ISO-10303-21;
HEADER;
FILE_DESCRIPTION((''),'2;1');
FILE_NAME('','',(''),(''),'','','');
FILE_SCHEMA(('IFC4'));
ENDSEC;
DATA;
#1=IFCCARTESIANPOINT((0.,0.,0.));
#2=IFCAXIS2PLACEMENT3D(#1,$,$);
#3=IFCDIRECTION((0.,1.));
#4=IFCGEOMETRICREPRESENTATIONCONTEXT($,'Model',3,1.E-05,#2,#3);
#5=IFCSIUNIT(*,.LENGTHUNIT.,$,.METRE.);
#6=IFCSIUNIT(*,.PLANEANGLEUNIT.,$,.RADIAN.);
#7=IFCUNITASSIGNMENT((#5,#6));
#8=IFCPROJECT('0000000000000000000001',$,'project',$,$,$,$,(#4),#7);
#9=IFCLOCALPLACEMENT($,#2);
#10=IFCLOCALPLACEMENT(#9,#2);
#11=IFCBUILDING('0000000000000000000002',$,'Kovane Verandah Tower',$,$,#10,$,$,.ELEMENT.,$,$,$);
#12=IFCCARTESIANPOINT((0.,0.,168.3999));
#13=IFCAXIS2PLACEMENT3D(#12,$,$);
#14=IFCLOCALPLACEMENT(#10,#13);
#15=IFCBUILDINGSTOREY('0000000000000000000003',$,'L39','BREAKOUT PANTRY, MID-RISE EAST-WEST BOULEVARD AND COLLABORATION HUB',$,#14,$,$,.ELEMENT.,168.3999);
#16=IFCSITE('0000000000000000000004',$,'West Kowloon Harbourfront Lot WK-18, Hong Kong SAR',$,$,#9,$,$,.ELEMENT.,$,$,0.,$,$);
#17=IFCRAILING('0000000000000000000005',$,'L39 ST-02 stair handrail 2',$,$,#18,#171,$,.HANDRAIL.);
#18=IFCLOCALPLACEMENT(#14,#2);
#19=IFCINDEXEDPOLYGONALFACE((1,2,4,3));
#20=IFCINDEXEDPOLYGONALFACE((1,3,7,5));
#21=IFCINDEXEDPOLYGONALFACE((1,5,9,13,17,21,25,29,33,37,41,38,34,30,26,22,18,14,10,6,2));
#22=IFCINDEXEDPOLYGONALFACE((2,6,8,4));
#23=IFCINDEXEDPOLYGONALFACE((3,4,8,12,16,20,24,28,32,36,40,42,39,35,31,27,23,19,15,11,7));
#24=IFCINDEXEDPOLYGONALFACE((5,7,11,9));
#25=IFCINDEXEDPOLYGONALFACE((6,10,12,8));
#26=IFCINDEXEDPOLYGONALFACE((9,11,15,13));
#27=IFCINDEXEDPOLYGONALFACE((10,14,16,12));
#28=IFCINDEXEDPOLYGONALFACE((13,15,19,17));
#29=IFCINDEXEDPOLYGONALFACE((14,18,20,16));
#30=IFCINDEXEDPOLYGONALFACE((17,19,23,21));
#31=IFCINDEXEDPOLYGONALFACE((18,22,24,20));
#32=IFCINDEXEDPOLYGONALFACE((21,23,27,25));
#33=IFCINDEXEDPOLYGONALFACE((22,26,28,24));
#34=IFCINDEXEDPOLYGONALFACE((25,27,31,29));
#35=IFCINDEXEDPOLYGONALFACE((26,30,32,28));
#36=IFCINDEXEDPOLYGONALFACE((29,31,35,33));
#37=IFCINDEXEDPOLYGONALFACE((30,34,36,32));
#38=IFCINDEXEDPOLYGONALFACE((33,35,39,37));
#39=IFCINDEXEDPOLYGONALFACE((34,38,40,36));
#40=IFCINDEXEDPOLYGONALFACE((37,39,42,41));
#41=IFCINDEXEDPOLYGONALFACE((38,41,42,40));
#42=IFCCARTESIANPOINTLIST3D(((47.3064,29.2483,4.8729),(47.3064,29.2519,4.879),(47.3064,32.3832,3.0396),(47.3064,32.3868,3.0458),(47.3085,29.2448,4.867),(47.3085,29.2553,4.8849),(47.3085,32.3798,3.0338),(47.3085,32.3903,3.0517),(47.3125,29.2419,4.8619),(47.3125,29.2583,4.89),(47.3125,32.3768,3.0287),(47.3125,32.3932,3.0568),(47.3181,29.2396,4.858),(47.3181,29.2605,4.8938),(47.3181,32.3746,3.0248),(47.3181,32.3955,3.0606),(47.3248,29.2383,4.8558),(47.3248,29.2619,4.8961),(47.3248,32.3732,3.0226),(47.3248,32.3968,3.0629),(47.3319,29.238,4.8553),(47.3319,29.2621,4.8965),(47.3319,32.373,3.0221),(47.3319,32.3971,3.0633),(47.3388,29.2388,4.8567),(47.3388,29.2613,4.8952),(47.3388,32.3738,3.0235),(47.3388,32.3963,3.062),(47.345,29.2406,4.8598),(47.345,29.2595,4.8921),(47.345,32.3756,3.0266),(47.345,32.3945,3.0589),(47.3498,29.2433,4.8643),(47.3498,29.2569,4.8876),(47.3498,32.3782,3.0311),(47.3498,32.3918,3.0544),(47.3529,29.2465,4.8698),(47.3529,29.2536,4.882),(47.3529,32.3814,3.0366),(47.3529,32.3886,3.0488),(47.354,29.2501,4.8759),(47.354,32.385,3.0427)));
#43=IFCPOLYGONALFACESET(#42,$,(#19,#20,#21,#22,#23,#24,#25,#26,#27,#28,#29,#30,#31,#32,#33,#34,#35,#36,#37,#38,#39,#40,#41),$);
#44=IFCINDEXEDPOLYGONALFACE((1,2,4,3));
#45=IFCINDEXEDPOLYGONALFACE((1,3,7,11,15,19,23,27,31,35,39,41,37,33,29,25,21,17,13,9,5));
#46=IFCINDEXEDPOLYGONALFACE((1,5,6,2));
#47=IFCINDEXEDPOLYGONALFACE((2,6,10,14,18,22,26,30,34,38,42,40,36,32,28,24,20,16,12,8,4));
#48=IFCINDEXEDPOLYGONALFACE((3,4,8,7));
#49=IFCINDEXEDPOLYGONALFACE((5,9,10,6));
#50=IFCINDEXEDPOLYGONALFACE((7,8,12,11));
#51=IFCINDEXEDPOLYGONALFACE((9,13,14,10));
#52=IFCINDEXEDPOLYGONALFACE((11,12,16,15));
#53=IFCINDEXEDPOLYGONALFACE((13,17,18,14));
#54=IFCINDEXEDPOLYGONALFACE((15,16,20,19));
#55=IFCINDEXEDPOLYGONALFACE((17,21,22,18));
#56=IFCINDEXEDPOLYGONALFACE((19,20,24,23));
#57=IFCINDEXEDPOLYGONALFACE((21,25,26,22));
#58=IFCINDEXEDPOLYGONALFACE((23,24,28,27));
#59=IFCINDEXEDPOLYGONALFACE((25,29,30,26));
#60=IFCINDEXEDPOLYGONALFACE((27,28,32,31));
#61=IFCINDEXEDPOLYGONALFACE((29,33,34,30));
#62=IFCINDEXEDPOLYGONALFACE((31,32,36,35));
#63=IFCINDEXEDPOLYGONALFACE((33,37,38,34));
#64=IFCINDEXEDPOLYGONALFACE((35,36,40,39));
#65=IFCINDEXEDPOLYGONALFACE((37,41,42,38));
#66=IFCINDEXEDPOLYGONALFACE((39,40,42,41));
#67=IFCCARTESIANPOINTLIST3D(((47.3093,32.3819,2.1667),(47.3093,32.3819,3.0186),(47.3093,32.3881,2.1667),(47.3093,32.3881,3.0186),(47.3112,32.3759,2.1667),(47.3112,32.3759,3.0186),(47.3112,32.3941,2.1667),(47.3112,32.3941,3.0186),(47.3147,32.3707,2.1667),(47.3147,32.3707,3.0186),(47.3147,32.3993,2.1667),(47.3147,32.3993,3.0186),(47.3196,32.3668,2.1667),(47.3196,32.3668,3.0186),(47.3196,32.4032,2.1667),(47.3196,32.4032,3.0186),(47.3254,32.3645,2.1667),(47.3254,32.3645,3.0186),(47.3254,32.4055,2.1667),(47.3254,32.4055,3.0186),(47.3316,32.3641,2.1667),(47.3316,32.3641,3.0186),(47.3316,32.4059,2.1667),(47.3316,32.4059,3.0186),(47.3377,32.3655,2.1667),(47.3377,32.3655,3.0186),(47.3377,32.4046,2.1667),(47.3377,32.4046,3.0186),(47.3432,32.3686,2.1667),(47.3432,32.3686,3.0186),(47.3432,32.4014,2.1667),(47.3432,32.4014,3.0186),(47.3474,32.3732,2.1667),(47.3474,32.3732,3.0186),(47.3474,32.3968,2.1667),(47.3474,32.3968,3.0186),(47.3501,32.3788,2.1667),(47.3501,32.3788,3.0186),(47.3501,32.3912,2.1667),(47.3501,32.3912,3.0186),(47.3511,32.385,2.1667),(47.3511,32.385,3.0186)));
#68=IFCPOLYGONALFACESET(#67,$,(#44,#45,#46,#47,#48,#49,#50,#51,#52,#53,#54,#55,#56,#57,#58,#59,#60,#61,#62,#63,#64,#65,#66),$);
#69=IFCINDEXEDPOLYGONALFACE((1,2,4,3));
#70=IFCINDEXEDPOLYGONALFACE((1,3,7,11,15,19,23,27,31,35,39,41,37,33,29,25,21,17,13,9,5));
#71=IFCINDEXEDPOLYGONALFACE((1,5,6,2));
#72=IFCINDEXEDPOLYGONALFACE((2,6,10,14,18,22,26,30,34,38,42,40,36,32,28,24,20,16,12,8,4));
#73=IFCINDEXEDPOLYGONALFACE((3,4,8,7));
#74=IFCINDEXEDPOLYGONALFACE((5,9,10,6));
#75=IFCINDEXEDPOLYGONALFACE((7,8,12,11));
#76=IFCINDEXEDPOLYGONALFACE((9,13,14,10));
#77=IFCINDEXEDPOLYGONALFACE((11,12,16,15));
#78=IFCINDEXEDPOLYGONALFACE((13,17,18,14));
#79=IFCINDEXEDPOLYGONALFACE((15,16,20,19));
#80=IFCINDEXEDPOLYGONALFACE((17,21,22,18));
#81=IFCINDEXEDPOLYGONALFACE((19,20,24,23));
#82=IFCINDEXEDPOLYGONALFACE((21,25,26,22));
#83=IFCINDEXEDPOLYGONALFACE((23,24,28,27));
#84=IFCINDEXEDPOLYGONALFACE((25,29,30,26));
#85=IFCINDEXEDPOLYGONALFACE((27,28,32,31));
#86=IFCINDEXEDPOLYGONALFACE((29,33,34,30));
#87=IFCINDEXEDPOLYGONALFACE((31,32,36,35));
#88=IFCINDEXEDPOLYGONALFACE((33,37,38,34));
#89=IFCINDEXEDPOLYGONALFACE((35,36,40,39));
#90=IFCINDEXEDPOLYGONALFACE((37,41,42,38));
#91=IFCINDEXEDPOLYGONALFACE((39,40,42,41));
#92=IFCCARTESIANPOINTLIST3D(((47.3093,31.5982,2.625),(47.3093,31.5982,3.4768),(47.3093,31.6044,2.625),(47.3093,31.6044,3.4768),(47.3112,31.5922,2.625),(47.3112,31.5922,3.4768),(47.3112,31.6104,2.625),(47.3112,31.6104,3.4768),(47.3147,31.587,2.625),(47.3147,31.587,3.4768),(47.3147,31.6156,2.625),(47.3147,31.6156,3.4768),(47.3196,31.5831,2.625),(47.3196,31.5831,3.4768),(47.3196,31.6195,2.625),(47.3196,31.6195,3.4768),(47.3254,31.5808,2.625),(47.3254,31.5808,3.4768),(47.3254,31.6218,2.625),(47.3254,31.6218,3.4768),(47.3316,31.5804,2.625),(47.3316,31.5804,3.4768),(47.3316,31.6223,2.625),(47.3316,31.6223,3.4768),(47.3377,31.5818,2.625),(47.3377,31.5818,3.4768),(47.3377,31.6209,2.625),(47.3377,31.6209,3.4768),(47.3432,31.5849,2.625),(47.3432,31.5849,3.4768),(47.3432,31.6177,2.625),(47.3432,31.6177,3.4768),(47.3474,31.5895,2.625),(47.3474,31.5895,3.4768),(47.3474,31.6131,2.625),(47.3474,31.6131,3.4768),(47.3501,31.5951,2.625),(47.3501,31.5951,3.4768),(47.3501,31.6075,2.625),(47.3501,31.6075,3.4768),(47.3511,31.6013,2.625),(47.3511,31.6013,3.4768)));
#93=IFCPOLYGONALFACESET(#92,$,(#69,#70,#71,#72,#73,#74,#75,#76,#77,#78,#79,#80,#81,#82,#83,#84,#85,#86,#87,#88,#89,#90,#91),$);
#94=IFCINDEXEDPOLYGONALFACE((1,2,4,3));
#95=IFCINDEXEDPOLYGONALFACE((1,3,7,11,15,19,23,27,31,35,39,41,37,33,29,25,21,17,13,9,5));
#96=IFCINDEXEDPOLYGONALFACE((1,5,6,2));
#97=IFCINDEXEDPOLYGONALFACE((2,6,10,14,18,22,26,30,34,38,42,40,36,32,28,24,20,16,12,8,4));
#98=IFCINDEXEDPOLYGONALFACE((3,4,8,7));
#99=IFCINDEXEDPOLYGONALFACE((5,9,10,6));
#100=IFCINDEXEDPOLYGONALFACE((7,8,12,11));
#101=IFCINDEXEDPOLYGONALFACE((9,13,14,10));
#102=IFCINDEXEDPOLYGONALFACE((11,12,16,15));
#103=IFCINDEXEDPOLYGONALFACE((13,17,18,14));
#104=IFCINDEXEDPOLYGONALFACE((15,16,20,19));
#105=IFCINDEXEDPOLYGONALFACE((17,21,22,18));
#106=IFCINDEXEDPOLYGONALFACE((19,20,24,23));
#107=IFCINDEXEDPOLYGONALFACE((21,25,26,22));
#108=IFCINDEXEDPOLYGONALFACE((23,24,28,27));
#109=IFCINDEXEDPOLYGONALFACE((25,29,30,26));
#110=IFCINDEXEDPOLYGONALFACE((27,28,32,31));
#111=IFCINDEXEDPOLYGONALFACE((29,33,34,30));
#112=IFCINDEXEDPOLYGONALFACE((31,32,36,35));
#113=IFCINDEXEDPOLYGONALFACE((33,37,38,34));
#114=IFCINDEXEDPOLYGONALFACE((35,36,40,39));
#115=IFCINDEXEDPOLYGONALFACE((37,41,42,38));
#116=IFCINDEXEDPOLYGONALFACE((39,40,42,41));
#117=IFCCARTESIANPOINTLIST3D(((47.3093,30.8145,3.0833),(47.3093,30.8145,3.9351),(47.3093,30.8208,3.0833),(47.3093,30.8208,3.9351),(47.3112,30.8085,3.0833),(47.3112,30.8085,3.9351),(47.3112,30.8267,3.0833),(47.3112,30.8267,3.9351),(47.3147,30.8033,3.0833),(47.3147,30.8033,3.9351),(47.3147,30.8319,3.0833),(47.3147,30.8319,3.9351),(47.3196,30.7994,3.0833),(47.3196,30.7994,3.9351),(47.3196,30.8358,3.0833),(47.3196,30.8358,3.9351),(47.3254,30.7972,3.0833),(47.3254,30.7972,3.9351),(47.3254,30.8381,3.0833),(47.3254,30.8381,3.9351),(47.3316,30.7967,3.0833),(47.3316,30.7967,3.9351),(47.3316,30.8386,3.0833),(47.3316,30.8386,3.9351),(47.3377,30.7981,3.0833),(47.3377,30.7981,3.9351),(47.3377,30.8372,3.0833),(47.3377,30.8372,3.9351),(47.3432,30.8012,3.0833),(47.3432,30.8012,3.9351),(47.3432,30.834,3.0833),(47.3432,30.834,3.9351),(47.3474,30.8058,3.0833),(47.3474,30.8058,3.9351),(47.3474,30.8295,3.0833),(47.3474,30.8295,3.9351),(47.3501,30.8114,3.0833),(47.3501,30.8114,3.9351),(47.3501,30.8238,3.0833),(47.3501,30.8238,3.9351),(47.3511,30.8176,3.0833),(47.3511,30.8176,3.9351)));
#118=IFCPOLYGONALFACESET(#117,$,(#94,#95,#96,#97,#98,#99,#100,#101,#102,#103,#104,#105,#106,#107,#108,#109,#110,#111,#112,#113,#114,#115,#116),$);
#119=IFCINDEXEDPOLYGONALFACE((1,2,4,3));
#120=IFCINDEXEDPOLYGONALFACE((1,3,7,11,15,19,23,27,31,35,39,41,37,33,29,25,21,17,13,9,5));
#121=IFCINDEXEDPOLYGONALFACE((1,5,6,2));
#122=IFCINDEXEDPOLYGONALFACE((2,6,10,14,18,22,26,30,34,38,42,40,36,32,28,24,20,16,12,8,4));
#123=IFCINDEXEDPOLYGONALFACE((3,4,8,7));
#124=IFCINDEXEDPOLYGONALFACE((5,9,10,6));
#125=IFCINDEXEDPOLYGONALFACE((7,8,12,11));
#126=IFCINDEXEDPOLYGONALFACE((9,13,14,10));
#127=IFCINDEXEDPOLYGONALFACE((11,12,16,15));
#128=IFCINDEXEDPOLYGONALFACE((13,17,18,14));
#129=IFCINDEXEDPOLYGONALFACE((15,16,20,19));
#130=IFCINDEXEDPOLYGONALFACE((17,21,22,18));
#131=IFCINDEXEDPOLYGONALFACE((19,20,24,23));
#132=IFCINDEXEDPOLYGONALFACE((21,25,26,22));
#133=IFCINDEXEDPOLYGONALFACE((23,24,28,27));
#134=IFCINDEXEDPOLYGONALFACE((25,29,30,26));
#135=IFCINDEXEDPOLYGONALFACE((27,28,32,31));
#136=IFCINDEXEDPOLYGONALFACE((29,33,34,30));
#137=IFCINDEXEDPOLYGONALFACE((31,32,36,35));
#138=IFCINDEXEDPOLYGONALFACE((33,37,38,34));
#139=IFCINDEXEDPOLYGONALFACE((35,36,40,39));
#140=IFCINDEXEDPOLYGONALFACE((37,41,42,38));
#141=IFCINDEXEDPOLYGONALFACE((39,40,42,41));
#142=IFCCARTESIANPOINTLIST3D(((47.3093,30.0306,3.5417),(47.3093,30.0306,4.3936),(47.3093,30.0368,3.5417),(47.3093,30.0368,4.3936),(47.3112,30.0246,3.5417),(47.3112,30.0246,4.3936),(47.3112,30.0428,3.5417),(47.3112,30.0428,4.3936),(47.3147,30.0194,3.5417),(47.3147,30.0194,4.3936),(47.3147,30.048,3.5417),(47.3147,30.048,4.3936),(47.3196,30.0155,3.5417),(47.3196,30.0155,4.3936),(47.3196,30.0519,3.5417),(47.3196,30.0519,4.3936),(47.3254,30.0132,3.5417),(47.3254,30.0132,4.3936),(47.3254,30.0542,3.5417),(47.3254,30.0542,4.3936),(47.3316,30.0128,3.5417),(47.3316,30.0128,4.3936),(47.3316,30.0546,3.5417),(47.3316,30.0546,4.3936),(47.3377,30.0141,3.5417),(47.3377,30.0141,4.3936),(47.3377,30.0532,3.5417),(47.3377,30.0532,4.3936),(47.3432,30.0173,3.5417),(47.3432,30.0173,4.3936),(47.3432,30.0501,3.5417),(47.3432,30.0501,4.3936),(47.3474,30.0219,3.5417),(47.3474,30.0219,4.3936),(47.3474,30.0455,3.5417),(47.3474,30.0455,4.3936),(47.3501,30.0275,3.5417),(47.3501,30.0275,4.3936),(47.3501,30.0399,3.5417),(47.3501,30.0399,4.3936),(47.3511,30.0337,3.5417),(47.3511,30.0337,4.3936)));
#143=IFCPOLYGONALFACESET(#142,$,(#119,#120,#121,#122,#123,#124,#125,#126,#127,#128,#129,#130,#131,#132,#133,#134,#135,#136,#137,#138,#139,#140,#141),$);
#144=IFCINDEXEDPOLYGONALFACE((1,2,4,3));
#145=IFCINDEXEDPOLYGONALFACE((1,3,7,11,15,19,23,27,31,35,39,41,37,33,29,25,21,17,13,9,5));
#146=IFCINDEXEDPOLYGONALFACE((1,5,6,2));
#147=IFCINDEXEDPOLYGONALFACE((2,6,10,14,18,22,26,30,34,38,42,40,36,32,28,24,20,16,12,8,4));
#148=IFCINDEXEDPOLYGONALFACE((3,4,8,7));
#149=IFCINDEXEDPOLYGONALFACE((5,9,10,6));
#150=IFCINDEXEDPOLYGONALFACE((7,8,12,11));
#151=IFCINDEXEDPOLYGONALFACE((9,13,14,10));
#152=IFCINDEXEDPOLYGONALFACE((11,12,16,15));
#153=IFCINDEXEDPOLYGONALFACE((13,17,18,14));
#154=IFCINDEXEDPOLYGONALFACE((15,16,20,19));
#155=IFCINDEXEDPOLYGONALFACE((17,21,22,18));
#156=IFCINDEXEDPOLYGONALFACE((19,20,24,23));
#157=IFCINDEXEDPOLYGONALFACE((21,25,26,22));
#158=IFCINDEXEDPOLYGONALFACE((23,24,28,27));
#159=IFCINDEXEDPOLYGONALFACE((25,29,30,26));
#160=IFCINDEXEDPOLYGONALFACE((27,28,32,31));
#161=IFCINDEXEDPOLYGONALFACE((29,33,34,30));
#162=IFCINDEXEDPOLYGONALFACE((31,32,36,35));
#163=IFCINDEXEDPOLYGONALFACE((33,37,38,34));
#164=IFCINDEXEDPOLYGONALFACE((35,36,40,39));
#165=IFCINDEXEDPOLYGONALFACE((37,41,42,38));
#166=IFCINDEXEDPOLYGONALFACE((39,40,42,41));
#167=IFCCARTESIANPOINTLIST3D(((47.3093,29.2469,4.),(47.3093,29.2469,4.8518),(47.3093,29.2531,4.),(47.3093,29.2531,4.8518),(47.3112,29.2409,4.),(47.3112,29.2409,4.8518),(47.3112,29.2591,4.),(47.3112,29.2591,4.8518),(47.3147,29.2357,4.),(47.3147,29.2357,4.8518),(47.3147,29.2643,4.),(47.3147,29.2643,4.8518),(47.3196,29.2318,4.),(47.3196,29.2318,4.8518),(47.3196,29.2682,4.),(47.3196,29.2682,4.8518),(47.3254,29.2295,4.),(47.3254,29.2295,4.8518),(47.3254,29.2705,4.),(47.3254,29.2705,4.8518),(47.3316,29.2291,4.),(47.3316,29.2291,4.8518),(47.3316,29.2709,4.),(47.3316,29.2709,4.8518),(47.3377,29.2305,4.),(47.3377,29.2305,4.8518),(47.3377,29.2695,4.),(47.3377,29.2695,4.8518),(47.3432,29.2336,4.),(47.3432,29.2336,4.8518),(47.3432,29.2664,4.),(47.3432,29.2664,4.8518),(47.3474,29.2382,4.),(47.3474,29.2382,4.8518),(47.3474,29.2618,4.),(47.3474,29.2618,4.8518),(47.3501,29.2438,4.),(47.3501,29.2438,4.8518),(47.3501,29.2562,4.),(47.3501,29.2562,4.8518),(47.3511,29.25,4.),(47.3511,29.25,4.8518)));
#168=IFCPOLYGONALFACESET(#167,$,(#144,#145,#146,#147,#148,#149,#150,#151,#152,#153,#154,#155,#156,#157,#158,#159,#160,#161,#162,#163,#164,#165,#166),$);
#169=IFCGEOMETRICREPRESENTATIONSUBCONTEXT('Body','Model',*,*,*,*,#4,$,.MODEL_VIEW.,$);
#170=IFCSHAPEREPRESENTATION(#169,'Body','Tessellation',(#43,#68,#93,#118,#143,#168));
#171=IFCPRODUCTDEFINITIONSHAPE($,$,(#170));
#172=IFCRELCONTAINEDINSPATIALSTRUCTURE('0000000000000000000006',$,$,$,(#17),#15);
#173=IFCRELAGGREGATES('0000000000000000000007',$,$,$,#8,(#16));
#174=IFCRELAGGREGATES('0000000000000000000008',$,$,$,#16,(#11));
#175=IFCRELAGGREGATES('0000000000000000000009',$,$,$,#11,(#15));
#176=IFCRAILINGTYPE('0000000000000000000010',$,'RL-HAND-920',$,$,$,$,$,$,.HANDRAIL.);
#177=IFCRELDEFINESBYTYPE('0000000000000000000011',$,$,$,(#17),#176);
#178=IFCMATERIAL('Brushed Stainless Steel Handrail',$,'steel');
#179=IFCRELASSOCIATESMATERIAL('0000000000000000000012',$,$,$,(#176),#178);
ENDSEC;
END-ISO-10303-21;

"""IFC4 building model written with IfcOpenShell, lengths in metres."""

from ifc_helpers import new_model, si_unit, direction, frame, origin, origin_2d, place, context, subcontext, project, spatial, circle, extrude, material, type_object, element, save


model = new_model("IFC4")

# Units and contexts
model_context = context("Model", 3, precision=1e-05, world=origin(), true_north=direction((0.0, 1.0)))
body_context = subcontext(model_context, "Body", "Model", "MODEL_VIEW")
ifc_project = project(units=[si_unit("LENGTHUNIT", "METRE"), si_unit("PLANEANGLEUNIT", "RADIAN")], contexts=[model_context])

# Site, building, storey
site_placement = place(None, origin())
site = spatial("IfcSite", under=ifc_project, at=site_placement, Name="West Kowloon Harbourfront Lot WK-18, Hong Kong SAR", CompositionType="ELEMENT", RefElevation=0.0)
building_placement = place(site_placement, origin())
building = spatial("IfcBuilding", under=site, at=building_placement, Name="Kovane Verandah Tower", CompositionType="ELEMENT")
storey_placement = place(building_placement, frame((0.0, 0.0, 168.3999)))
storey = spatial("IfcBuildingStorey", under=building, at=storey_placement, Name="L39", Description="BREAKOUT PANTRY, MID-RISE EAST-WEST BOULEVARD AND COLLABORATION HUB", CompositionType="ELEMENT", Elevation=168.3999)

# Railing
ifc_material_1 = material(Name="Brushed Stainless Steel Handrail", Category="steel")
railing_type_1 = type_object("IfcRailingType", Name="RL-HAND-920", PredefinedType="HANDRAIL", material=ifc_material_1)
railing_1_placement = place(storey_placement, frame((47.3301, 32.385, 2.1667)))
element("IfcRailing", 1, at=railing_1_placement, inside=storey, type_object=railing_type_1, Name="L39 ST-02 stair handrail 2", PredefinedType="HANDRAIL", context=body_context, shape_type="SweptSolid", body=[
    extrude(circle(Radius=0.0239, at=origin_2d()), frame((0.0, 0.0, 0.876), z_axis=(0.0, -0.86324, 0.504794), x_axis=(1.0, 0.0, 0.0)), (0.0, 0.0, 1.0), 3.6316),
    extrude(circle(Radius=0.021, at=origin_2d()), origin(), (0.0, 0.0, 1.0), 0.8518),
    extrude(circle(Radius=0.021, at=origin_2d()), frame((0.0, -0.7837, 0.4583)), (0.0, 0.0, 1.0), 0.8518),
    extrude(circle(Radius=0.021, at=origin_2d()), frame((0.0, -1.5674, 0.9165)), (0.0, 0.0, 1.0), 0.8518),
    extrude(circle(Radius=0.021, at=origin_2d()), frame((0.0, -2.3513, 1.375)), (0.0, 0.0, 1.0), 0.8518),
    extrude(circle(Radius=0.021, at=origin_2d()), frame((0.0, -3.135, 1.8333)), (0.0, 0.0, 1.0), 0.8518),
])

save(model, "model.ifc")
